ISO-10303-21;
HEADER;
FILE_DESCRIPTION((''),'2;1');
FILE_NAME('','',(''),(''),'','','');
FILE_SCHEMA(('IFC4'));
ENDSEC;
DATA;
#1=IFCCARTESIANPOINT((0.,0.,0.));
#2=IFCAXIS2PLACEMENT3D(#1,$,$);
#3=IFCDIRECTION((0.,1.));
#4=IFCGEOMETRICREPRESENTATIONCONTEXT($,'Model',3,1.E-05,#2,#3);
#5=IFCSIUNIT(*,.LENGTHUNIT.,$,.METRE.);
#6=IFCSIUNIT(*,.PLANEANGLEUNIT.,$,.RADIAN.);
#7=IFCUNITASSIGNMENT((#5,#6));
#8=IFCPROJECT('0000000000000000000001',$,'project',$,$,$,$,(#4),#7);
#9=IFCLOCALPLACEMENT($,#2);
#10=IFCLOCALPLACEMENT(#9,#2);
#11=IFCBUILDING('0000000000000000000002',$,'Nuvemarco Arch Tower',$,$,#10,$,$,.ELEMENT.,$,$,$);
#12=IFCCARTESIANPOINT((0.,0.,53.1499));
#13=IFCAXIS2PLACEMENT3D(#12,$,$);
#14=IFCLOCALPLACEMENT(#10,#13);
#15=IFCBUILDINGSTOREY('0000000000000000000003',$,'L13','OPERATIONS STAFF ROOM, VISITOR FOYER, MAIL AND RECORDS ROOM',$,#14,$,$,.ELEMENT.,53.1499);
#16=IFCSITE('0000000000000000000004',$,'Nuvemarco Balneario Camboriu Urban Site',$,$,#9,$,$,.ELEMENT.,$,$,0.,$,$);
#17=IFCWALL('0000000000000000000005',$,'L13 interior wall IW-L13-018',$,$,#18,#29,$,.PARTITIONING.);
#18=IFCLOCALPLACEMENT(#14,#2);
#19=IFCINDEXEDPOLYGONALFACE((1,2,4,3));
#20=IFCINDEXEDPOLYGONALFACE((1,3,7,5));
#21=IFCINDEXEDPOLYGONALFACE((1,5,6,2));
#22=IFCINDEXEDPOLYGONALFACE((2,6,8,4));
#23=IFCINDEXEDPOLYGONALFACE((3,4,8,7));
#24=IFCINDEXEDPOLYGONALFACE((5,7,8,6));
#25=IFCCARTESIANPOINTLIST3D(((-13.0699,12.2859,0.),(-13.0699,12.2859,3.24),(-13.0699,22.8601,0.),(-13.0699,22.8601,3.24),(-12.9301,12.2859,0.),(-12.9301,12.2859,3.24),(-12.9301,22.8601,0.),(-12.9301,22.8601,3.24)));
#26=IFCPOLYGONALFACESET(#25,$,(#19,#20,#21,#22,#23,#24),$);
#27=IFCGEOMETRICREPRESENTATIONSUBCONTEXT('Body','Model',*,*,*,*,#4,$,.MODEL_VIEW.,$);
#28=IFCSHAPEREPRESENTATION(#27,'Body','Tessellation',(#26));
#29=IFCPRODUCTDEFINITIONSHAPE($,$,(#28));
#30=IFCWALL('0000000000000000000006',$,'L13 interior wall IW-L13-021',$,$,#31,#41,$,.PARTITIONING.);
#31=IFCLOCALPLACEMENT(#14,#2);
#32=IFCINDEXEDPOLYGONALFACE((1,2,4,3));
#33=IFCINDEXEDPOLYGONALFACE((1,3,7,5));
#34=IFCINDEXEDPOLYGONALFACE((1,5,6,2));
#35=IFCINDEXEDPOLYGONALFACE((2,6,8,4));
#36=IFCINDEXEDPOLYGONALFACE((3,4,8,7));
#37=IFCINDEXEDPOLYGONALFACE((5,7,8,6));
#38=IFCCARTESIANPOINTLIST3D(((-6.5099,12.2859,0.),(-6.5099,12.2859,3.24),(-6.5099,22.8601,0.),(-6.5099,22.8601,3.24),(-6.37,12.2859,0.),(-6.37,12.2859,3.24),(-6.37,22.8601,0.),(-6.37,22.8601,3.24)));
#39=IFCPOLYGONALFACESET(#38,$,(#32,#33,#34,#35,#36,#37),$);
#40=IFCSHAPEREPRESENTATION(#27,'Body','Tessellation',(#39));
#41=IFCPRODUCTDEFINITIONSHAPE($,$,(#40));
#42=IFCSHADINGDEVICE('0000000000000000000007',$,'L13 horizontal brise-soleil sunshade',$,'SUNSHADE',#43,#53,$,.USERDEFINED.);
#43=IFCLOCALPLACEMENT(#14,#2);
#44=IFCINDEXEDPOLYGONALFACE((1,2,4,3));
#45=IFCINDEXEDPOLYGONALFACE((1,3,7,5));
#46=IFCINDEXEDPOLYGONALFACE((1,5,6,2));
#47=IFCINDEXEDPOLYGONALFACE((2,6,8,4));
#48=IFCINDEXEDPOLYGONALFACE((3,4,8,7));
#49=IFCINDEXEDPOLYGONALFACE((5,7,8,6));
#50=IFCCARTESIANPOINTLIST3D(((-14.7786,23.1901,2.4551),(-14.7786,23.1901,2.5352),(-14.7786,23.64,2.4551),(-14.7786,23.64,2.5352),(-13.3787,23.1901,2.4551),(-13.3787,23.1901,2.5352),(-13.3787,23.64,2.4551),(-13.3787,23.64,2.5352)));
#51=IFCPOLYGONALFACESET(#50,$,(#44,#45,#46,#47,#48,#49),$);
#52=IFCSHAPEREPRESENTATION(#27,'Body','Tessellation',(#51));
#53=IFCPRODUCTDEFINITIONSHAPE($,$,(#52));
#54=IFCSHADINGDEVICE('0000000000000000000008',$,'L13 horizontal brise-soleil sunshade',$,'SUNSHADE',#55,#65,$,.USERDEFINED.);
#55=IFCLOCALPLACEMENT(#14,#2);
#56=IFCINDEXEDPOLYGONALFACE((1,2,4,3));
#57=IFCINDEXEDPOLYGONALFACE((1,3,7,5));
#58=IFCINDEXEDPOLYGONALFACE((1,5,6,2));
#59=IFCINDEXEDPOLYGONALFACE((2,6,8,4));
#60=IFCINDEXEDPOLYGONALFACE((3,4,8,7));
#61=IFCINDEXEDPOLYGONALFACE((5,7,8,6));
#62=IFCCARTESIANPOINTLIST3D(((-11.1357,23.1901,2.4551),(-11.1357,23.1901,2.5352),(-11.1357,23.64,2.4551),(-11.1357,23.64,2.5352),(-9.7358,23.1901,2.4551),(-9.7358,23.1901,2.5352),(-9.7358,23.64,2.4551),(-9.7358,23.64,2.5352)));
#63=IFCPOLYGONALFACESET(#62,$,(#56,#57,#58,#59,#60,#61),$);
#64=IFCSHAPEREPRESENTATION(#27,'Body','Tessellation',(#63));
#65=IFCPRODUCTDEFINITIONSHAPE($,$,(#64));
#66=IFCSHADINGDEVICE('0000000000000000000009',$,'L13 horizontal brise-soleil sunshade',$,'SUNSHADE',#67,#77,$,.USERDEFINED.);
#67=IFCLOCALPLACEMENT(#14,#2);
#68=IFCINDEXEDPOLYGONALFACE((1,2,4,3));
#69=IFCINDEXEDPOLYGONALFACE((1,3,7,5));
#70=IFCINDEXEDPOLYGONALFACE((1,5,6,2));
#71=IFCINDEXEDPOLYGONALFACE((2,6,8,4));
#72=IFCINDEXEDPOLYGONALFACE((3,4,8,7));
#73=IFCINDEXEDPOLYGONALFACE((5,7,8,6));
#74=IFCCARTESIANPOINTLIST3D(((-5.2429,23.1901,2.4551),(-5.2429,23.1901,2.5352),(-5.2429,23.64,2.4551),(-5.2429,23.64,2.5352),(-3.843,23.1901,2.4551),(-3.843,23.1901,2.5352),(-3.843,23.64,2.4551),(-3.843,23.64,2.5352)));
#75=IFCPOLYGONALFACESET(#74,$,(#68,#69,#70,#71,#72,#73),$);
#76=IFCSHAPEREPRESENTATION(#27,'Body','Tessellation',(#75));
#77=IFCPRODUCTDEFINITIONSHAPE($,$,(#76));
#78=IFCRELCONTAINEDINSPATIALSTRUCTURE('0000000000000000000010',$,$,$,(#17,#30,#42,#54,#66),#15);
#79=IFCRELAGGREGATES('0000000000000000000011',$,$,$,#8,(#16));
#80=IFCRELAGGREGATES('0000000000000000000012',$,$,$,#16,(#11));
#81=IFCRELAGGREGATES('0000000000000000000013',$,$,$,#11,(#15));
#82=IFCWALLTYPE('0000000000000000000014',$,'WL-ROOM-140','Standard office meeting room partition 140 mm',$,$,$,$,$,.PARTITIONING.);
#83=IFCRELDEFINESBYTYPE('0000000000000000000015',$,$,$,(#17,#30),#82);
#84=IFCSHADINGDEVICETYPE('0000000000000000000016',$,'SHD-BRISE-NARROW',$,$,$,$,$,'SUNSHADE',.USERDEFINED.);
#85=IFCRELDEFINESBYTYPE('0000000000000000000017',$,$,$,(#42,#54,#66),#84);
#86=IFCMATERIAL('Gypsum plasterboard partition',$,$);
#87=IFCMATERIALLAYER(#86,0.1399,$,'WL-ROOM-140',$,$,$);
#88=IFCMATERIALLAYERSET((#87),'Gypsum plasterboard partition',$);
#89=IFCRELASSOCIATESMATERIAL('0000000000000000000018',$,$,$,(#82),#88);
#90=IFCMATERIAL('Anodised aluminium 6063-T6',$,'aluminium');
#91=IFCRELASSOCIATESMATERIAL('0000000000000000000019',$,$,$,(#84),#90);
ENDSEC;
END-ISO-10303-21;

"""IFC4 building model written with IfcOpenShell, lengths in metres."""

from ifc_helpers import new_model, si_unit, direction, frame, frame_2d, origin, origin_2d, place, context, subcontext, project, spatial, rectangle, extrude, source, transform, mapped, material, layer, layer_set, type_object, type_shapes, element, save


model = new_model("IFC4")

# Units and contexts
model_context = context("Model", 3, precision=1e-05, world=origin(), true_north=direction((0.0, 1.0)))
body_context = subcontext(model_context, "Body", "Model", "MODEL_VIEW")
ifc_project = project(units=[si_unit("LENGTHUNIT", "METRE"), si_unit("PLANEANGLEUNIT", "RADIAN")], contexts=[model_context])

# Site, building, storey
site_placement = place(None, origin())
site = spatial("IfcSite", under=ifc_project, at=site_placement, Name="Nuvemarco Balneario Camboriu Urban Site", CompositionType="ELEMENT", RefElevation=0.0)
building_placement = place(site_placement, origin())
building = spatial("IfcBuilding", under=site, at=building_placement, Name="Nuvemarco Arch Tower", CompositionType="ELEMENT")
storey_placement = place(building_placement, frame((0.0, 0.0, 53.1499)))
storey = spatial("IfcBuildingStorey", under=building, at=storey_placement, Name="L13", Description="OPERATIONS STAFF ROOM, VISITOR FOYER, MAIL AND RECORDS ROOM", CompositionType="ELEMENT", Elevation=53.1499)

# Walls
ifc_material_1 = material(Name="Gypsum plasterboard partition")
ifc_layer_1 = layer(ifc_material_1, 0.1399, Name="WL-ROOM-140")
ifc_layer_set_1 = layer_set([ifc_layer_1], Name="Gypsum plasterboard partition")
wall_type_1 = type_object("IfcWallType", Name="WL-ROOM-140", Description="Standard office meeting room partition 140 mm", PredefinedType="PARTITIONING", material=ifc_layer_set_1)
for number, where, z_axis, x_axis, name in (
    (1, (-13.0, 12.2859, 0.0), (0.0, 0.0, 1.0), (0.0, 1.0, 0.0), "L13 interior wall IW-L13-018"),
    (2, (-6.4399, 12.2859, 0.0), (0.0, 0.0, 1.0), (0.0, 1.0, 0.0), "L13 interior wall IW-L13-021"),
):
    element("IfcWall", number, at=place(storey_placement, frame(where, z_axis=z_axis, x_axis=x_axis)), inside=storey, type_object=wall_type_1, Name=name, PredefinedType="PARTITIONING", context=body_context, shape_type="SweptSolid", body=[
        extrude(rectangle(XDim=10.5742, YDim=0.1399, at=frame_2d((5.2871, 0.0))), origin(), (0.0, 0.0, 1.0), 3.24),
    ])

# Shading devices
ifc_material_2 = material(Name="Anodised aluminium 6063-T6", Category="aluminium")
shading_device_type = type_object("IfcShadingDeviceType", Name="SHD-BRISE-NARROW", ElementType="SUNSHADE", PredefinedType="USERDEFINED", material=ifc_material_2)
shared_shape_1 = source(origin(), body_context, "Body", "SweptSolid", [
    extrude(rectangle(XDim=1.3999, YDim=0.45, at=origin_2d()), origin(), (0.0, 0.0, 1.0), 0.0801),
])
type_shapes(shading_device_type, [shared_shape_1])
for number, where, z_axis, x_axis, name in (
    (3, (-14.0786, 23.415, 2.4551), (0.0, 0.0, 1.0), (1.0, 0.0, 0.0), "L13 horizontal brise-soleil sunshade"),
    (4, (-10.4358, 23.415, 2.4551), (0.0, 0.0, 1.0), (1.0, 0.0, 0.0), "L13 horizontal brise-soleil sunshade"),
    (5, (-4.543, 23.415, 2.4551), (0.0, 0.0, 1.0), (1.0, 0.0, 0.0), "L13 horizontal brise-soleil sunshade"),
):
    element("IfcShadingDevice", number, at=place(storey_placement, frame(where, z_axis=z_axis, x_axis=x_axis)), inside=storey, type_object=shading_device_type, Name=name, ObjectType="SUNSHADE", PredefinedType="USERDEFINED", context=body_context, shape_type="MappedRepresentation", body=[
        mapped(shared_shape_1, transform((0.0, 0.0, 0.0), scale=1.0)),
    ])

save(model, "model.ifc")
